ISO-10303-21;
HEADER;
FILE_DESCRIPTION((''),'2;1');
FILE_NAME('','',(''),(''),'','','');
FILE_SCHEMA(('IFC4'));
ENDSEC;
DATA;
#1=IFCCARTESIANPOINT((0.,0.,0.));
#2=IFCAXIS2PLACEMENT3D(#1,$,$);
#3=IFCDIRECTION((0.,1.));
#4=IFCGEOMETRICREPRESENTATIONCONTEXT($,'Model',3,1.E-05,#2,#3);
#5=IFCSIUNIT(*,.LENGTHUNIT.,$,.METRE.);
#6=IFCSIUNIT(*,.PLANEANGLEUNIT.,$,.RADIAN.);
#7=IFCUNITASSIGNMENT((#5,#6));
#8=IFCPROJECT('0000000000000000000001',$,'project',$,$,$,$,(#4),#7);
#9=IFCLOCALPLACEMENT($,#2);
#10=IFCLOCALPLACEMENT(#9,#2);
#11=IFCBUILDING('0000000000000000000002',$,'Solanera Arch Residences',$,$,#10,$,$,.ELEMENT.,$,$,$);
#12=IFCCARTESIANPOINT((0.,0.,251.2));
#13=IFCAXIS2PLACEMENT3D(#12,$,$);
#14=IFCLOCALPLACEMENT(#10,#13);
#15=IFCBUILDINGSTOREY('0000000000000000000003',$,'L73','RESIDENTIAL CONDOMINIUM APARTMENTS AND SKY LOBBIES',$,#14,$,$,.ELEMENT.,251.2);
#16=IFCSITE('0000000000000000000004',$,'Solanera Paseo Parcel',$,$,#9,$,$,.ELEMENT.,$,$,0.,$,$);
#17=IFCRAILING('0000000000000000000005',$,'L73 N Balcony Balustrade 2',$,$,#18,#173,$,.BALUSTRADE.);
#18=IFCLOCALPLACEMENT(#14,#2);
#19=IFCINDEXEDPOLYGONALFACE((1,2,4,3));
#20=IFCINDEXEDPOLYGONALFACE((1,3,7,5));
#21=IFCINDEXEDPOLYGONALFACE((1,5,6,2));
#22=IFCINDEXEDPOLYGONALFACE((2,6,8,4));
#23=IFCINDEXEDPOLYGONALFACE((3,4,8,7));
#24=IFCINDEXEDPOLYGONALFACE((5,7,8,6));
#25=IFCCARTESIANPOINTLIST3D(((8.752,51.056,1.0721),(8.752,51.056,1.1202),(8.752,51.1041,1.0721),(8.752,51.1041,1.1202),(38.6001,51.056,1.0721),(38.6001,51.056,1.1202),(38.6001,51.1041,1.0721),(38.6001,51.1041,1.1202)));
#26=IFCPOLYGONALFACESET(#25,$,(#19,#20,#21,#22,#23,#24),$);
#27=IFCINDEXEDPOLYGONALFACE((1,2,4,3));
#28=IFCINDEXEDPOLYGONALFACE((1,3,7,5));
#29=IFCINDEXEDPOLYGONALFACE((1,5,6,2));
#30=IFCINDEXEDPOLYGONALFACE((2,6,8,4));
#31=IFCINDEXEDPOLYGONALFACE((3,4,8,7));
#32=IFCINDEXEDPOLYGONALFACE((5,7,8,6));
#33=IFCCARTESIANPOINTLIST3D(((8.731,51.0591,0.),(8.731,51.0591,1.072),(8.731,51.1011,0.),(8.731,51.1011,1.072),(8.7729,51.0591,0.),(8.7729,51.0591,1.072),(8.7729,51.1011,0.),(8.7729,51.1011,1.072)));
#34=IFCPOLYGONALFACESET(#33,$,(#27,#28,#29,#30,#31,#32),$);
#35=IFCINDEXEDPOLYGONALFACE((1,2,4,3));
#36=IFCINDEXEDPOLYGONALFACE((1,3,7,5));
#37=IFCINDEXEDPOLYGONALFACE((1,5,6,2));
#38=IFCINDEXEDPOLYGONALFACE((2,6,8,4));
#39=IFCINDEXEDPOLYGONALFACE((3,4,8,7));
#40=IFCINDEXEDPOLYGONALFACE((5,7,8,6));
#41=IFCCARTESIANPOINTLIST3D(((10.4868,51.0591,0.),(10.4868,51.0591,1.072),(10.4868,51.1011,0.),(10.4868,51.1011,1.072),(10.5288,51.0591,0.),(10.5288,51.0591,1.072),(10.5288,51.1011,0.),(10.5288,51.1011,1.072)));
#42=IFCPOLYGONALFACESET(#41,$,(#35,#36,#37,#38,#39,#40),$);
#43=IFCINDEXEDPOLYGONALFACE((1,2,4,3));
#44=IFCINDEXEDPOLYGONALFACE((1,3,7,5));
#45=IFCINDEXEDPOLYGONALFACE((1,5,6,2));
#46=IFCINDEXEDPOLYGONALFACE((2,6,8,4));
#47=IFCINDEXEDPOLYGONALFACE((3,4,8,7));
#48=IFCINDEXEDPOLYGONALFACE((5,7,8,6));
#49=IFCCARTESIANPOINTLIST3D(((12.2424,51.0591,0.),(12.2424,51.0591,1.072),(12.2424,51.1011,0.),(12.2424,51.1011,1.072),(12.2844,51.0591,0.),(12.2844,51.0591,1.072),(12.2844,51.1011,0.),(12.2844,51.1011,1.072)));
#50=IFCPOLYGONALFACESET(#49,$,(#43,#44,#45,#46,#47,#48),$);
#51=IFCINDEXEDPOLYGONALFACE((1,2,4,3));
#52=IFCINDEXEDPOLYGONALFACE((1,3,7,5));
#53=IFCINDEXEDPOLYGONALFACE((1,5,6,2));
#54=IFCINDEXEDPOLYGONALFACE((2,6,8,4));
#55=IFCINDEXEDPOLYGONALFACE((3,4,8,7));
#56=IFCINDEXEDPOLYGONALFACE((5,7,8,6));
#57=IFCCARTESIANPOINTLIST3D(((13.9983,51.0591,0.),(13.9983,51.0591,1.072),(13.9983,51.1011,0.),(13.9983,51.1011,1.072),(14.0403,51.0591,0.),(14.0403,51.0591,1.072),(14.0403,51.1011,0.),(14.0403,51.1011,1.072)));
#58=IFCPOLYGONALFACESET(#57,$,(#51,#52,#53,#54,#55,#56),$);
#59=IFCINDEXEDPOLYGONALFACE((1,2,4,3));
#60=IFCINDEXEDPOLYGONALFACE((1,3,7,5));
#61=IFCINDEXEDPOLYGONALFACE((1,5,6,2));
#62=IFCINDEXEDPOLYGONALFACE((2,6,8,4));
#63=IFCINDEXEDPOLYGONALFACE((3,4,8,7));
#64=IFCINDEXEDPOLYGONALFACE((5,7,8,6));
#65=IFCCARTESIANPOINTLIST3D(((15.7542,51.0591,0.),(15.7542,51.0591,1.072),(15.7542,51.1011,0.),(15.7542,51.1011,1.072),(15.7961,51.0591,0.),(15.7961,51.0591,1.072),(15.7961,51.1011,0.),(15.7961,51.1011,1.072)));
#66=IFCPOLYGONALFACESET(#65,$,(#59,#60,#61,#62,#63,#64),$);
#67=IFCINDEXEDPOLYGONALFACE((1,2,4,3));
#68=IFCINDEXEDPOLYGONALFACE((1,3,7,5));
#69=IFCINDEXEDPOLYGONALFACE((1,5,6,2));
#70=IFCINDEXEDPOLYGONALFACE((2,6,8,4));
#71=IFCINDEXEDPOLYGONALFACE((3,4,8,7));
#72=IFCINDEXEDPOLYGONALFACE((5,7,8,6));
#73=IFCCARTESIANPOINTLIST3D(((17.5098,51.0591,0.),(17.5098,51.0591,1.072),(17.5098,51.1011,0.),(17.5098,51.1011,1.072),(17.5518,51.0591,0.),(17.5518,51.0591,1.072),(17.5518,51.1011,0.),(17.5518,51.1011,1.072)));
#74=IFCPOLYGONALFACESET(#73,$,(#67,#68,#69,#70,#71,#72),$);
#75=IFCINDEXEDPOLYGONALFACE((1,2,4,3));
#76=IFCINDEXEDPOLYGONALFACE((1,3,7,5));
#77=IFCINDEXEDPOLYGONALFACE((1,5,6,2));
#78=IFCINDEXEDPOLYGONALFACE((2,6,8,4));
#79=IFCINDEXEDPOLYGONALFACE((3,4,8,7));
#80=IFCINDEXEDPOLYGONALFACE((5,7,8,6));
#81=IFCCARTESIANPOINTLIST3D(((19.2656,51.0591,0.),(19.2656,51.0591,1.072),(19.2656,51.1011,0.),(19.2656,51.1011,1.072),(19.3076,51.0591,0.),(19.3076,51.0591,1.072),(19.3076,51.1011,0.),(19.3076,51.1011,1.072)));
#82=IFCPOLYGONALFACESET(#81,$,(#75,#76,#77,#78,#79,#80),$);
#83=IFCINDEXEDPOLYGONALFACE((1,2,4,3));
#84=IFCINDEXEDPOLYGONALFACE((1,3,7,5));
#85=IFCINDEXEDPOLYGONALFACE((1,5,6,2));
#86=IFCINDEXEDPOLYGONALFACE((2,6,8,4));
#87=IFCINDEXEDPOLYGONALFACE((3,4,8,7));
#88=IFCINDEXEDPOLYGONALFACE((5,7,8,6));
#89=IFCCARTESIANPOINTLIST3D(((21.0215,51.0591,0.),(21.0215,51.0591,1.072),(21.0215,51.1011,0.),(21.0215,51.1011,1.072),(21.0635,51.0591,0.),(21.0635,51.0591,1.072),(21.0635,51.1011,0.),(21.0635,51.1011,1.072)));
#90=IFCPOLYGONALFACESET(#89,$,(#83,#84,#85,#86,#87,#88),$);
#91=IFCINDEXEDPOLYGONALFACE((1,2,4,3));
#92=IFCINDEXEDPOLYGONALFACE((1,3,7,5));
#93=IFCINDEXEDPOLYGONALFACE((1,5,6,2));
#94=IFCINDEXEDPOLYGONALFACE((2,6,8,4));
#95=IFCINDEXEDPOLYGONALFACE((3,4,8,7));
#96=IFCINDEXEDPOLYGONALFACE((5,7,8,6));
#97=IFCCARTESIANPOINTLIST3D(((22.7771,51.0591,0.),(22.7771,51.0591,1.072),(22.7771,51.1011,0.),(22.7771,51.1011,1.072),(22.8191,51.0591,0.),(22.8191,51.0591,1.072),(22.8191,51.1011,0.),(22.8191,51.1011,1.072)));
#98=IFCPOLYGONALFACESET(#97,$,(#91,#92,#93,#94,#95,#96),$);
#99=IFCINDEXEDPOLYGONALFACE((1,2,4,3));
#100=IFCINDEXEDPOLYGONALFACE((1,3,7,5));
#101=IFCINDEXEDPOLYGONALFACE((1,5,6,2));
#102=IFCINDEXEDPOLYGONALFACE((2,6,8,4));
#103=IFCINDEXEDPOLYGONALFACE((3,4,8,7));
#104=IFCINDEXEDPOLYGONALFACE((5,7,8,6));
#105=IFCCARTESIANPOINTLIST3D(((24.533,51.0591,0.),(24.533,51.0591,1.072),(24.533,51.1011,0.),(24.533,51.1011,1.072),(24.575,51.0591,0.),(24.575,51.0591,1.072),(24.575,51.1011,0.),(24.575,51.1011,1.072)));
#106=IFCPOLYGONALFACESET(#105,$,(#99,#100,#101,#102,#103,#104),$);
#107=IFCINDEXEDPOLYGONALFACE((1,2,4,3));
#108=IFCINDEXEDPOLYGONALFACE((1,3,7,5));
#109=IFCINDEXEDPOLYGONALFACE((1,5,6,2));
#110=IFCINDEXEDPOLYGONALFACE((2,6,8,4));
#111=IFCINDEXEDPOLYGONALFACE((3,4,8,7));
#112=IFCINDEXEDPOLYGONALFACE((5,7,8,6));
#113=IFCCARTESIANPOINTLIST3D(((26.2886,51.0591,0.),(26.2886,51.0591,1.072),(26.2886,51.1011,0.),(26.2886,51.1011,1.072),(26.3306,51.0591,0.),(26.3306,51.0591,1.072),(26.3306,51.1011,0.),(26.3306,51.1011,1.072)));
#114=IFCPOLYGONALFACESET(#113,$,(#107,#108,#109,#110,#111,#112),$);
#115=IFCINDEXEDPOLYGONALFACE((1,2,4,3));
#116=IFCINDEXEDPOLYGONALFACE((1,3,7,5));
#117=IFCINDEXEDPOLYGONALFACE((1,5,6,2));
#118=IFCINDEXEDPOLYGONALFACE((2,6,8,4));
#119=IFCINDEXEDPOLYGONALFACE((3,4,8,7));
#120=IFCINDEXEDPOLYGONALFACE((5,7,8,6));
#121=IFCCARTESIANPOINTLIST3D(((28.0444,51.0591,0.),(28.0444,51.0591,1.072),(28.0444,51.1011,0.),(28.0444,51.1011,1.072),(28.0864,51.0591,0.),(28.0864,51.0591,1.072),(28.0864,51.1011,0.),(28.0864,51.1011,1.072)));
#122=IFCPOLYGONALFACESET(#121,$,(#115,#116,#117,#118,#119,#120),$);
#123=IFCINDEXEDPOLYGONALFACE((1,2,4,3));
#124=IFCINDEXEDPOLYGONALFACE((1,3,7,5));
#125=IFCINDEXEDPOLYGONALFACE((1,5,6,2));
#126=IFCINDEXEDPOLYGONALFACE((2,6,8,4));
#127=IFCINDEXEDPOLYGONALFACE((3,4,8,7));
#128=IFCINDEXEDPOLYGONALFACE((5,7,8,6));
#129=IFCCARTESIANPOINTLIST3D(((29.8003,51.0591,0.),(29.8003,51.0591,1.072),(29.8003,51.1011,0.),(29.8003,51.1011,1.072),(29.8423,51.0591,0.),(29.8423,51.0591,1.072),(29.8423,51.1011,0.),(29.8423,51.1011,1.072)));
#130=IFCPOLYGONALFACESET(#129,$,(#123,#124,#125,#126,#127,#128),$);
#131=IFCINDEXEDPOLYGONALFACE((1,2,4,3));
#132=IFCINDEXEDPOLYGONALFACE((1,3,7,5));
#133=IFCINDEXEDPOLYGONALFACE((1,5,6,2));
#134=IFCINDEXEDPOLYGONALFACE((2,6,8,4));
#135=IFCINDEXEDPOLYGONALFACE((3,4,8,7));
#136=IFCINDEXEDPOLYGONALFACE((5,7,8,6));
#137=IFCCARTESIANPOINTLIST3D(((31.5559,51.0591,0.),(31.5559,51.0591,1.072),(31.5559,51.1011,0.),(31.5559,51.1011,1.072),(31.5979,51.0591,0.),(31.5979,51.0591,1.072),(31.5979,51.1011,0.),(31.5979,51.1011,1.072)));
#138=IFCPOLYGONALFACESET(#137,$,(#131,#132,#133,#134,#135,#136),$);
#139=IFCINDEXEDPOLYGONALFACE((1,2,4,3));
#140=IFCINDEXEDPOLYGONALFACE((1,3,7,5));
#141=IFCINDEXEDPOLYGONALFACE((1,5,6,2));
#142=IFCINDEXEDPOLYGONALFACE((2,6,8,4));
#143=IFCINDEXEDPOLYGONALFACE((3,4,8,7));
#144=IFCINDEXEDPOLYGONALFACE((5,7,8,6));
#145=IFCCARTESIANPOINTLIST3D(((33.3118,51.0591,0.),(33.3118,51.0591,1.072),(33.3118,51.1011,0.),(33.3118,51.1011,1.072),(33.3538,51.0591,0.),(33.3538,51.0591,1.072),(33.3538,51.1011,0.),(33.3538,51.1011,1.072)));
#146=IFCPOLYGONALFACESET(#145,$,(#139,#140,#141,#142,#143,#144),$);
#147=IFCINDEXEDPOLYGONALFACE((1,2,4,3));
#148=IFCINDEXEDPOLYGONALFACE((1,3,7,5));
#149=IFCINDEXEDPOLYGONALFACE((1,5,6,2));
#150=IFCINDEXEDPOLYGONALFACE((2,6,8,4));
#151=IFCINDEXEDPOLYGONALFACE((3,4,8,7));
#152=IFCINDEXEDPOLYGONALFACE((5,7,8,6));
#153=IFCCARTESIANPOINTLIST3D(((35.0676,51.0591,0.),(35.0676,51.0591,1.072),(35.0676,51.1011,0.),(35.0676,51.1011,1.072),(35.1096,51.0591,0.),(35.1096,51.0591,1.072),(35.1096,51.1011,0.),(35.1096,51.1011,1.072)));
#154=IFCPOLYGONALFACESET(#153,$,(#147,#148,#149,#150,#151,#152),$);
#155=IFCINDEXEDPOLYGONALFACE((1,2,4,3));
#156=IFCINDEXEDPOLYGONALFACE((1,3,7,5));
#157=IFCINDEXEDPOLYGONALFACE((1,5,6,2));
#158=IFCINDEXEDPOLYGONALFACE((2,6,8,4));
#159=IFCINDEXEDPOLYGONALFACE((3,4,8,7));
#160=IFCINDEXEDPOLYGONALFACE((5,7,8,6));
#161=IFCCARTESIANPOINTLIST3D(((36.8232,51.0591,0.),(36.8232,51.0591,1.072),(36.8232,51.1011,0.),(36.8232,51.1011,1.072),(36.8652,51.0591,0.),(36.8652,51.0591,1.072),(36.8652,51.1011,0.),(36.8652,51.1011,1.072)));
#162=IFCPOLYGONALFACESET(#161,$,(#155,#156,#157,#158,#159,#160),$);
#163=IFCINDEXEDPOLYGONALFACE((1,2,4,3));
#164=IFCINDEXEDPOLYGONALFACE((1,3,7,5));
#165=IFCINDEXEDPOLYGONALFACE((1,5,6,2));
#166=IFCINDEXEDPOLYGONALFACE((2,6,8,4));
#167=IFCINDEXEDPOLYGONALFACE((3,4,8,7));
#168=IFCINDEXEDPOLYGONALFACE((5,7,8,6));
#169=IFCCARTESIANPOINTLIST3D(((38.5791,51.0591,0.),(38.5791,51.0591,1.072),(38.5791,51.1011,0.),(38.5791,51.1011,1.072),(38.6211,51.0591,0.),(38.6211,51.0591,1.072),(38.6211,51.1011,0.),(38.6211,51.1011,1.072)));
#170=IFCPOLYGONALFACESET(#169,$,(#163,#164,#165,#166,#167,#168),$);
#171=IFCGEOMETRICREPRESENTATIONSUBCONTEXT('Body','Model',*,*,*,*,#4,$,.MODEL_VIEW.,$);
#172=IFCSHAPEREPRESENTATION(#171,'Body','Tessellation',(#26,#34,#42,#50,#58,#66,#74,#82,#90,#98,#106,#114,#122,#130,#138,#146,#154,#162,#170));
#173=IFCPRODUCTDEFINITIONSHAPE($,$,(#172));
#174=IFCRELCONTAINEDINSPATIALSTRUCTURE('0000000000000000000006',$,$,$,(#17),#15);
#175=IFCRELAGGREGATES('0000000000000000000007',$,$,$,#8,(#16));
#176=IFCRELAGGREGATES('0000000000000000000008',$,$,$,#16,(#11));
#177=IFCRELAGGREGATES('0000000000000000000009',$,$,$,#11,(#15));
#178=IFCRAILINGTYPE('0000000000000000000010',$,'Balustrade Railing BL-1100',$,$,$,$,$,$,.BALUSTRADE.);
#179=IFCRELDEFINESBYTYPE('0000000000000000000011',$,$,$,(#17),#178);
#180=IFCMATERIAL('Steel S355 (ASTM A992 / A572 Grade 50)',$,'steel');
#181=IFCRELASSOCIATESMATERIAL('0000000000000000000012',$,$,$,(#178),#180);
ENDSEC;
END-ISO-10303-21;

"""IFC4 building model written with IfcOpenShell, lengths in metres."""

from ifc_helpers import new_model, si_unit, direction, frame, origin, origin_2d, place, context, subcontext, project, spatial, rectangle, extrude, material, type_object, element, save


model = new_model("IFC4")

# Units and contexts
model_context = context("Model", 3, precision=1e-05, world=origin(), true_north=direction((0.0, 1.0)))
body_context = subcontext(model_context, "Body", "Model", "MODEL_VIEW")
ifc_project = project(units=[si_unit("LENGTHUNIT", "METRE"), si_unit("PLANEANGLEUNIT", "RADIAN")], contexts=[model_context])

# Site, building, storey
site_placement = place(None, origin())
site = spatial("IfcSite", under=ifc_project, at=site_placement, Name="Solanera Paseo Parcel", CompositionType="ELEMENT", RefElevation=0.0)
building_placement = place(site_placement, origin())
building = spatial("IfcBuilding", under=site, at=building_placement, Name="Solanera Arch Residences", CompositionType="ELEMENT")
storey_placement = place(building_placement, frame((0.0, 0.0, 251.2)))
storey = spatial("IfcBuildingStorey", under=building, at=storey_placement, Name="L73", Description="RESIDENTIAL CONDOMINIUM APARTMENTS AND SKY LOBBIES", CompositionType="ELEMENT", Elevation=251.2)

# Railing
ifc_material_1 = material(Name="Steel S355 (ASTM A992 / A572 Grade 50)", Category="steel")
railing_type = type_object("IfcRailingType", Name="Balustrade Railing BL-1100", PredefinedType="BALUSTRADE", material=ifc_material_1)
railing_1_placement = place(storey_placement, frame((8.752, 51.0801, 0.0)))
element("IfcRailing", 1, at=railing_1_placement, inside=storey, type_object=railing_type, Name="L73 N Balcony Balustrade 2", PredefinedType="BALUSTRADE", context=body_context, shape_type="SweptSolid", body=[
    extrude(rectangle(XDim=0.0481, YDim=0.0481, at=origin_2d()), frame((0.0, 0.0, 1.0962), z_axis=(1.0, 0.0, 0.0), x_axis=(0.0, 1.0, 0.0)), (0.0, 0.0, 1.0), 29.8481),
    extrude(rectangle(XDim=0.042, YDim=0.042, at=origin_2d()), origin(), (0.0, 0.0, 1.0), 1.072),
    extrude(rectangle(XDim=0.042, YDim=0.042, at=origin_2d()), frame((1.7559, 0.0, 0.0)), (0.0, 0.0, 1.0), 1.072),
    extrude(rectangle(XDim=0.042, YDim=0.042, at=origin_2d()), frame((3.5115, 0.0, 0.0)), (0.0, 0.0, 1.0), 1.072),
    extrude(rectangle(XDim=0.042, YDim=0.042, at=origin_2d()), frame((5.2673, 0.0, 0.0)), (0.0, 0.0, 1.0), 1.072),
    extrude(rectangle(XDim=0.042, YDim=0.042, at=origin_2d()), frame((7.0232, 0.0, 0.0)), (0.0, 0.0, 1.0), 1.072),
    extrude(rectangle(XDim=0.042, YDim=0.042, at=origin_2d()), frame((8.7788, 0.0, 0.0)), (0.0, 0.0, 1.0), 1.072),
    extrude(rectangle(XDim=0.042, YDim=0.042, at=origin_2d()), frame((10.5347, 0.0, 0.0)), (0.0, 0.0, 1.0), 1.072),
    extrude(rectangle(XDim=0.042, YDim=0.042, at=origin_2d()), frame((12.2905, 0.0, 0.0)), (0.0, 0.0, 1.0), 1.072),
    extrude(rectangle(XDim=0.042, YDim=0.042, at=origin_2d()), frame((14.0461, 0.0, 0.0)), (0.0, 0.0, 1.0), 1.072),
    extrude(rectangle(XDim=0.042, YDim=0.042, at=origin_2d()), frame((15.802, 0.0, 0.0)), (0.0, 0.0, 1.0), 1.072),
    extrude(rectangle(XDim=0.042, YDim=0.042, at=origin_2d()), frame((17.5576, 0.0, 0.0)), (0.0, 0.0, 1.0), 1.072),
    extrude(rectangle(XDim=0.042, YDim=0.042, at=origin_2d()), frame((19.3135, 0.0, 0.0)), (0.0, 0.0, 1.0), 1.072),
    extrude(rectangle(XDim=0.042, YDim=0.042, at=origin_2d()), frame((21.0693, 0.0, 0.0)), (0.0, 0.0, 1.0), 1.072),
    extrude(rectangle(XDim=0.042, YDim=0.042, at=origin_2d()), frame((22.825, 0.0, 0.0)), (0.0, 0.0, 1.0), 1.072),
    extrude(rectangle(XDim=0.042, YDim=0.042, at=origin_2d()), frame((24.5808, 0.0, 0.0)), (0.0, 0.0, 1.0), 1.072),
    extrude(rectangle(XDim=0.042, YDim=0.042, at=origin_2d()), frame((26.3367, 0.0, 0.0)), (0.0, 0.0, 1.0), 1.072),
    extrude(rectangle(XDim=0.042, YDim=0.042, at=origin_2d()), frame((28.0923, 0.0, 0.0)), (0.0, 0.0, 1.0), 1.072),
    extrude(rectangle(XDim=0.042, YDim=0.042, at=origin_2d()), frame((29.8481, 0.0, 0.0)), (0.0, 0.0, 1.0), 1.072),
])

save(model, "model.ifc")
